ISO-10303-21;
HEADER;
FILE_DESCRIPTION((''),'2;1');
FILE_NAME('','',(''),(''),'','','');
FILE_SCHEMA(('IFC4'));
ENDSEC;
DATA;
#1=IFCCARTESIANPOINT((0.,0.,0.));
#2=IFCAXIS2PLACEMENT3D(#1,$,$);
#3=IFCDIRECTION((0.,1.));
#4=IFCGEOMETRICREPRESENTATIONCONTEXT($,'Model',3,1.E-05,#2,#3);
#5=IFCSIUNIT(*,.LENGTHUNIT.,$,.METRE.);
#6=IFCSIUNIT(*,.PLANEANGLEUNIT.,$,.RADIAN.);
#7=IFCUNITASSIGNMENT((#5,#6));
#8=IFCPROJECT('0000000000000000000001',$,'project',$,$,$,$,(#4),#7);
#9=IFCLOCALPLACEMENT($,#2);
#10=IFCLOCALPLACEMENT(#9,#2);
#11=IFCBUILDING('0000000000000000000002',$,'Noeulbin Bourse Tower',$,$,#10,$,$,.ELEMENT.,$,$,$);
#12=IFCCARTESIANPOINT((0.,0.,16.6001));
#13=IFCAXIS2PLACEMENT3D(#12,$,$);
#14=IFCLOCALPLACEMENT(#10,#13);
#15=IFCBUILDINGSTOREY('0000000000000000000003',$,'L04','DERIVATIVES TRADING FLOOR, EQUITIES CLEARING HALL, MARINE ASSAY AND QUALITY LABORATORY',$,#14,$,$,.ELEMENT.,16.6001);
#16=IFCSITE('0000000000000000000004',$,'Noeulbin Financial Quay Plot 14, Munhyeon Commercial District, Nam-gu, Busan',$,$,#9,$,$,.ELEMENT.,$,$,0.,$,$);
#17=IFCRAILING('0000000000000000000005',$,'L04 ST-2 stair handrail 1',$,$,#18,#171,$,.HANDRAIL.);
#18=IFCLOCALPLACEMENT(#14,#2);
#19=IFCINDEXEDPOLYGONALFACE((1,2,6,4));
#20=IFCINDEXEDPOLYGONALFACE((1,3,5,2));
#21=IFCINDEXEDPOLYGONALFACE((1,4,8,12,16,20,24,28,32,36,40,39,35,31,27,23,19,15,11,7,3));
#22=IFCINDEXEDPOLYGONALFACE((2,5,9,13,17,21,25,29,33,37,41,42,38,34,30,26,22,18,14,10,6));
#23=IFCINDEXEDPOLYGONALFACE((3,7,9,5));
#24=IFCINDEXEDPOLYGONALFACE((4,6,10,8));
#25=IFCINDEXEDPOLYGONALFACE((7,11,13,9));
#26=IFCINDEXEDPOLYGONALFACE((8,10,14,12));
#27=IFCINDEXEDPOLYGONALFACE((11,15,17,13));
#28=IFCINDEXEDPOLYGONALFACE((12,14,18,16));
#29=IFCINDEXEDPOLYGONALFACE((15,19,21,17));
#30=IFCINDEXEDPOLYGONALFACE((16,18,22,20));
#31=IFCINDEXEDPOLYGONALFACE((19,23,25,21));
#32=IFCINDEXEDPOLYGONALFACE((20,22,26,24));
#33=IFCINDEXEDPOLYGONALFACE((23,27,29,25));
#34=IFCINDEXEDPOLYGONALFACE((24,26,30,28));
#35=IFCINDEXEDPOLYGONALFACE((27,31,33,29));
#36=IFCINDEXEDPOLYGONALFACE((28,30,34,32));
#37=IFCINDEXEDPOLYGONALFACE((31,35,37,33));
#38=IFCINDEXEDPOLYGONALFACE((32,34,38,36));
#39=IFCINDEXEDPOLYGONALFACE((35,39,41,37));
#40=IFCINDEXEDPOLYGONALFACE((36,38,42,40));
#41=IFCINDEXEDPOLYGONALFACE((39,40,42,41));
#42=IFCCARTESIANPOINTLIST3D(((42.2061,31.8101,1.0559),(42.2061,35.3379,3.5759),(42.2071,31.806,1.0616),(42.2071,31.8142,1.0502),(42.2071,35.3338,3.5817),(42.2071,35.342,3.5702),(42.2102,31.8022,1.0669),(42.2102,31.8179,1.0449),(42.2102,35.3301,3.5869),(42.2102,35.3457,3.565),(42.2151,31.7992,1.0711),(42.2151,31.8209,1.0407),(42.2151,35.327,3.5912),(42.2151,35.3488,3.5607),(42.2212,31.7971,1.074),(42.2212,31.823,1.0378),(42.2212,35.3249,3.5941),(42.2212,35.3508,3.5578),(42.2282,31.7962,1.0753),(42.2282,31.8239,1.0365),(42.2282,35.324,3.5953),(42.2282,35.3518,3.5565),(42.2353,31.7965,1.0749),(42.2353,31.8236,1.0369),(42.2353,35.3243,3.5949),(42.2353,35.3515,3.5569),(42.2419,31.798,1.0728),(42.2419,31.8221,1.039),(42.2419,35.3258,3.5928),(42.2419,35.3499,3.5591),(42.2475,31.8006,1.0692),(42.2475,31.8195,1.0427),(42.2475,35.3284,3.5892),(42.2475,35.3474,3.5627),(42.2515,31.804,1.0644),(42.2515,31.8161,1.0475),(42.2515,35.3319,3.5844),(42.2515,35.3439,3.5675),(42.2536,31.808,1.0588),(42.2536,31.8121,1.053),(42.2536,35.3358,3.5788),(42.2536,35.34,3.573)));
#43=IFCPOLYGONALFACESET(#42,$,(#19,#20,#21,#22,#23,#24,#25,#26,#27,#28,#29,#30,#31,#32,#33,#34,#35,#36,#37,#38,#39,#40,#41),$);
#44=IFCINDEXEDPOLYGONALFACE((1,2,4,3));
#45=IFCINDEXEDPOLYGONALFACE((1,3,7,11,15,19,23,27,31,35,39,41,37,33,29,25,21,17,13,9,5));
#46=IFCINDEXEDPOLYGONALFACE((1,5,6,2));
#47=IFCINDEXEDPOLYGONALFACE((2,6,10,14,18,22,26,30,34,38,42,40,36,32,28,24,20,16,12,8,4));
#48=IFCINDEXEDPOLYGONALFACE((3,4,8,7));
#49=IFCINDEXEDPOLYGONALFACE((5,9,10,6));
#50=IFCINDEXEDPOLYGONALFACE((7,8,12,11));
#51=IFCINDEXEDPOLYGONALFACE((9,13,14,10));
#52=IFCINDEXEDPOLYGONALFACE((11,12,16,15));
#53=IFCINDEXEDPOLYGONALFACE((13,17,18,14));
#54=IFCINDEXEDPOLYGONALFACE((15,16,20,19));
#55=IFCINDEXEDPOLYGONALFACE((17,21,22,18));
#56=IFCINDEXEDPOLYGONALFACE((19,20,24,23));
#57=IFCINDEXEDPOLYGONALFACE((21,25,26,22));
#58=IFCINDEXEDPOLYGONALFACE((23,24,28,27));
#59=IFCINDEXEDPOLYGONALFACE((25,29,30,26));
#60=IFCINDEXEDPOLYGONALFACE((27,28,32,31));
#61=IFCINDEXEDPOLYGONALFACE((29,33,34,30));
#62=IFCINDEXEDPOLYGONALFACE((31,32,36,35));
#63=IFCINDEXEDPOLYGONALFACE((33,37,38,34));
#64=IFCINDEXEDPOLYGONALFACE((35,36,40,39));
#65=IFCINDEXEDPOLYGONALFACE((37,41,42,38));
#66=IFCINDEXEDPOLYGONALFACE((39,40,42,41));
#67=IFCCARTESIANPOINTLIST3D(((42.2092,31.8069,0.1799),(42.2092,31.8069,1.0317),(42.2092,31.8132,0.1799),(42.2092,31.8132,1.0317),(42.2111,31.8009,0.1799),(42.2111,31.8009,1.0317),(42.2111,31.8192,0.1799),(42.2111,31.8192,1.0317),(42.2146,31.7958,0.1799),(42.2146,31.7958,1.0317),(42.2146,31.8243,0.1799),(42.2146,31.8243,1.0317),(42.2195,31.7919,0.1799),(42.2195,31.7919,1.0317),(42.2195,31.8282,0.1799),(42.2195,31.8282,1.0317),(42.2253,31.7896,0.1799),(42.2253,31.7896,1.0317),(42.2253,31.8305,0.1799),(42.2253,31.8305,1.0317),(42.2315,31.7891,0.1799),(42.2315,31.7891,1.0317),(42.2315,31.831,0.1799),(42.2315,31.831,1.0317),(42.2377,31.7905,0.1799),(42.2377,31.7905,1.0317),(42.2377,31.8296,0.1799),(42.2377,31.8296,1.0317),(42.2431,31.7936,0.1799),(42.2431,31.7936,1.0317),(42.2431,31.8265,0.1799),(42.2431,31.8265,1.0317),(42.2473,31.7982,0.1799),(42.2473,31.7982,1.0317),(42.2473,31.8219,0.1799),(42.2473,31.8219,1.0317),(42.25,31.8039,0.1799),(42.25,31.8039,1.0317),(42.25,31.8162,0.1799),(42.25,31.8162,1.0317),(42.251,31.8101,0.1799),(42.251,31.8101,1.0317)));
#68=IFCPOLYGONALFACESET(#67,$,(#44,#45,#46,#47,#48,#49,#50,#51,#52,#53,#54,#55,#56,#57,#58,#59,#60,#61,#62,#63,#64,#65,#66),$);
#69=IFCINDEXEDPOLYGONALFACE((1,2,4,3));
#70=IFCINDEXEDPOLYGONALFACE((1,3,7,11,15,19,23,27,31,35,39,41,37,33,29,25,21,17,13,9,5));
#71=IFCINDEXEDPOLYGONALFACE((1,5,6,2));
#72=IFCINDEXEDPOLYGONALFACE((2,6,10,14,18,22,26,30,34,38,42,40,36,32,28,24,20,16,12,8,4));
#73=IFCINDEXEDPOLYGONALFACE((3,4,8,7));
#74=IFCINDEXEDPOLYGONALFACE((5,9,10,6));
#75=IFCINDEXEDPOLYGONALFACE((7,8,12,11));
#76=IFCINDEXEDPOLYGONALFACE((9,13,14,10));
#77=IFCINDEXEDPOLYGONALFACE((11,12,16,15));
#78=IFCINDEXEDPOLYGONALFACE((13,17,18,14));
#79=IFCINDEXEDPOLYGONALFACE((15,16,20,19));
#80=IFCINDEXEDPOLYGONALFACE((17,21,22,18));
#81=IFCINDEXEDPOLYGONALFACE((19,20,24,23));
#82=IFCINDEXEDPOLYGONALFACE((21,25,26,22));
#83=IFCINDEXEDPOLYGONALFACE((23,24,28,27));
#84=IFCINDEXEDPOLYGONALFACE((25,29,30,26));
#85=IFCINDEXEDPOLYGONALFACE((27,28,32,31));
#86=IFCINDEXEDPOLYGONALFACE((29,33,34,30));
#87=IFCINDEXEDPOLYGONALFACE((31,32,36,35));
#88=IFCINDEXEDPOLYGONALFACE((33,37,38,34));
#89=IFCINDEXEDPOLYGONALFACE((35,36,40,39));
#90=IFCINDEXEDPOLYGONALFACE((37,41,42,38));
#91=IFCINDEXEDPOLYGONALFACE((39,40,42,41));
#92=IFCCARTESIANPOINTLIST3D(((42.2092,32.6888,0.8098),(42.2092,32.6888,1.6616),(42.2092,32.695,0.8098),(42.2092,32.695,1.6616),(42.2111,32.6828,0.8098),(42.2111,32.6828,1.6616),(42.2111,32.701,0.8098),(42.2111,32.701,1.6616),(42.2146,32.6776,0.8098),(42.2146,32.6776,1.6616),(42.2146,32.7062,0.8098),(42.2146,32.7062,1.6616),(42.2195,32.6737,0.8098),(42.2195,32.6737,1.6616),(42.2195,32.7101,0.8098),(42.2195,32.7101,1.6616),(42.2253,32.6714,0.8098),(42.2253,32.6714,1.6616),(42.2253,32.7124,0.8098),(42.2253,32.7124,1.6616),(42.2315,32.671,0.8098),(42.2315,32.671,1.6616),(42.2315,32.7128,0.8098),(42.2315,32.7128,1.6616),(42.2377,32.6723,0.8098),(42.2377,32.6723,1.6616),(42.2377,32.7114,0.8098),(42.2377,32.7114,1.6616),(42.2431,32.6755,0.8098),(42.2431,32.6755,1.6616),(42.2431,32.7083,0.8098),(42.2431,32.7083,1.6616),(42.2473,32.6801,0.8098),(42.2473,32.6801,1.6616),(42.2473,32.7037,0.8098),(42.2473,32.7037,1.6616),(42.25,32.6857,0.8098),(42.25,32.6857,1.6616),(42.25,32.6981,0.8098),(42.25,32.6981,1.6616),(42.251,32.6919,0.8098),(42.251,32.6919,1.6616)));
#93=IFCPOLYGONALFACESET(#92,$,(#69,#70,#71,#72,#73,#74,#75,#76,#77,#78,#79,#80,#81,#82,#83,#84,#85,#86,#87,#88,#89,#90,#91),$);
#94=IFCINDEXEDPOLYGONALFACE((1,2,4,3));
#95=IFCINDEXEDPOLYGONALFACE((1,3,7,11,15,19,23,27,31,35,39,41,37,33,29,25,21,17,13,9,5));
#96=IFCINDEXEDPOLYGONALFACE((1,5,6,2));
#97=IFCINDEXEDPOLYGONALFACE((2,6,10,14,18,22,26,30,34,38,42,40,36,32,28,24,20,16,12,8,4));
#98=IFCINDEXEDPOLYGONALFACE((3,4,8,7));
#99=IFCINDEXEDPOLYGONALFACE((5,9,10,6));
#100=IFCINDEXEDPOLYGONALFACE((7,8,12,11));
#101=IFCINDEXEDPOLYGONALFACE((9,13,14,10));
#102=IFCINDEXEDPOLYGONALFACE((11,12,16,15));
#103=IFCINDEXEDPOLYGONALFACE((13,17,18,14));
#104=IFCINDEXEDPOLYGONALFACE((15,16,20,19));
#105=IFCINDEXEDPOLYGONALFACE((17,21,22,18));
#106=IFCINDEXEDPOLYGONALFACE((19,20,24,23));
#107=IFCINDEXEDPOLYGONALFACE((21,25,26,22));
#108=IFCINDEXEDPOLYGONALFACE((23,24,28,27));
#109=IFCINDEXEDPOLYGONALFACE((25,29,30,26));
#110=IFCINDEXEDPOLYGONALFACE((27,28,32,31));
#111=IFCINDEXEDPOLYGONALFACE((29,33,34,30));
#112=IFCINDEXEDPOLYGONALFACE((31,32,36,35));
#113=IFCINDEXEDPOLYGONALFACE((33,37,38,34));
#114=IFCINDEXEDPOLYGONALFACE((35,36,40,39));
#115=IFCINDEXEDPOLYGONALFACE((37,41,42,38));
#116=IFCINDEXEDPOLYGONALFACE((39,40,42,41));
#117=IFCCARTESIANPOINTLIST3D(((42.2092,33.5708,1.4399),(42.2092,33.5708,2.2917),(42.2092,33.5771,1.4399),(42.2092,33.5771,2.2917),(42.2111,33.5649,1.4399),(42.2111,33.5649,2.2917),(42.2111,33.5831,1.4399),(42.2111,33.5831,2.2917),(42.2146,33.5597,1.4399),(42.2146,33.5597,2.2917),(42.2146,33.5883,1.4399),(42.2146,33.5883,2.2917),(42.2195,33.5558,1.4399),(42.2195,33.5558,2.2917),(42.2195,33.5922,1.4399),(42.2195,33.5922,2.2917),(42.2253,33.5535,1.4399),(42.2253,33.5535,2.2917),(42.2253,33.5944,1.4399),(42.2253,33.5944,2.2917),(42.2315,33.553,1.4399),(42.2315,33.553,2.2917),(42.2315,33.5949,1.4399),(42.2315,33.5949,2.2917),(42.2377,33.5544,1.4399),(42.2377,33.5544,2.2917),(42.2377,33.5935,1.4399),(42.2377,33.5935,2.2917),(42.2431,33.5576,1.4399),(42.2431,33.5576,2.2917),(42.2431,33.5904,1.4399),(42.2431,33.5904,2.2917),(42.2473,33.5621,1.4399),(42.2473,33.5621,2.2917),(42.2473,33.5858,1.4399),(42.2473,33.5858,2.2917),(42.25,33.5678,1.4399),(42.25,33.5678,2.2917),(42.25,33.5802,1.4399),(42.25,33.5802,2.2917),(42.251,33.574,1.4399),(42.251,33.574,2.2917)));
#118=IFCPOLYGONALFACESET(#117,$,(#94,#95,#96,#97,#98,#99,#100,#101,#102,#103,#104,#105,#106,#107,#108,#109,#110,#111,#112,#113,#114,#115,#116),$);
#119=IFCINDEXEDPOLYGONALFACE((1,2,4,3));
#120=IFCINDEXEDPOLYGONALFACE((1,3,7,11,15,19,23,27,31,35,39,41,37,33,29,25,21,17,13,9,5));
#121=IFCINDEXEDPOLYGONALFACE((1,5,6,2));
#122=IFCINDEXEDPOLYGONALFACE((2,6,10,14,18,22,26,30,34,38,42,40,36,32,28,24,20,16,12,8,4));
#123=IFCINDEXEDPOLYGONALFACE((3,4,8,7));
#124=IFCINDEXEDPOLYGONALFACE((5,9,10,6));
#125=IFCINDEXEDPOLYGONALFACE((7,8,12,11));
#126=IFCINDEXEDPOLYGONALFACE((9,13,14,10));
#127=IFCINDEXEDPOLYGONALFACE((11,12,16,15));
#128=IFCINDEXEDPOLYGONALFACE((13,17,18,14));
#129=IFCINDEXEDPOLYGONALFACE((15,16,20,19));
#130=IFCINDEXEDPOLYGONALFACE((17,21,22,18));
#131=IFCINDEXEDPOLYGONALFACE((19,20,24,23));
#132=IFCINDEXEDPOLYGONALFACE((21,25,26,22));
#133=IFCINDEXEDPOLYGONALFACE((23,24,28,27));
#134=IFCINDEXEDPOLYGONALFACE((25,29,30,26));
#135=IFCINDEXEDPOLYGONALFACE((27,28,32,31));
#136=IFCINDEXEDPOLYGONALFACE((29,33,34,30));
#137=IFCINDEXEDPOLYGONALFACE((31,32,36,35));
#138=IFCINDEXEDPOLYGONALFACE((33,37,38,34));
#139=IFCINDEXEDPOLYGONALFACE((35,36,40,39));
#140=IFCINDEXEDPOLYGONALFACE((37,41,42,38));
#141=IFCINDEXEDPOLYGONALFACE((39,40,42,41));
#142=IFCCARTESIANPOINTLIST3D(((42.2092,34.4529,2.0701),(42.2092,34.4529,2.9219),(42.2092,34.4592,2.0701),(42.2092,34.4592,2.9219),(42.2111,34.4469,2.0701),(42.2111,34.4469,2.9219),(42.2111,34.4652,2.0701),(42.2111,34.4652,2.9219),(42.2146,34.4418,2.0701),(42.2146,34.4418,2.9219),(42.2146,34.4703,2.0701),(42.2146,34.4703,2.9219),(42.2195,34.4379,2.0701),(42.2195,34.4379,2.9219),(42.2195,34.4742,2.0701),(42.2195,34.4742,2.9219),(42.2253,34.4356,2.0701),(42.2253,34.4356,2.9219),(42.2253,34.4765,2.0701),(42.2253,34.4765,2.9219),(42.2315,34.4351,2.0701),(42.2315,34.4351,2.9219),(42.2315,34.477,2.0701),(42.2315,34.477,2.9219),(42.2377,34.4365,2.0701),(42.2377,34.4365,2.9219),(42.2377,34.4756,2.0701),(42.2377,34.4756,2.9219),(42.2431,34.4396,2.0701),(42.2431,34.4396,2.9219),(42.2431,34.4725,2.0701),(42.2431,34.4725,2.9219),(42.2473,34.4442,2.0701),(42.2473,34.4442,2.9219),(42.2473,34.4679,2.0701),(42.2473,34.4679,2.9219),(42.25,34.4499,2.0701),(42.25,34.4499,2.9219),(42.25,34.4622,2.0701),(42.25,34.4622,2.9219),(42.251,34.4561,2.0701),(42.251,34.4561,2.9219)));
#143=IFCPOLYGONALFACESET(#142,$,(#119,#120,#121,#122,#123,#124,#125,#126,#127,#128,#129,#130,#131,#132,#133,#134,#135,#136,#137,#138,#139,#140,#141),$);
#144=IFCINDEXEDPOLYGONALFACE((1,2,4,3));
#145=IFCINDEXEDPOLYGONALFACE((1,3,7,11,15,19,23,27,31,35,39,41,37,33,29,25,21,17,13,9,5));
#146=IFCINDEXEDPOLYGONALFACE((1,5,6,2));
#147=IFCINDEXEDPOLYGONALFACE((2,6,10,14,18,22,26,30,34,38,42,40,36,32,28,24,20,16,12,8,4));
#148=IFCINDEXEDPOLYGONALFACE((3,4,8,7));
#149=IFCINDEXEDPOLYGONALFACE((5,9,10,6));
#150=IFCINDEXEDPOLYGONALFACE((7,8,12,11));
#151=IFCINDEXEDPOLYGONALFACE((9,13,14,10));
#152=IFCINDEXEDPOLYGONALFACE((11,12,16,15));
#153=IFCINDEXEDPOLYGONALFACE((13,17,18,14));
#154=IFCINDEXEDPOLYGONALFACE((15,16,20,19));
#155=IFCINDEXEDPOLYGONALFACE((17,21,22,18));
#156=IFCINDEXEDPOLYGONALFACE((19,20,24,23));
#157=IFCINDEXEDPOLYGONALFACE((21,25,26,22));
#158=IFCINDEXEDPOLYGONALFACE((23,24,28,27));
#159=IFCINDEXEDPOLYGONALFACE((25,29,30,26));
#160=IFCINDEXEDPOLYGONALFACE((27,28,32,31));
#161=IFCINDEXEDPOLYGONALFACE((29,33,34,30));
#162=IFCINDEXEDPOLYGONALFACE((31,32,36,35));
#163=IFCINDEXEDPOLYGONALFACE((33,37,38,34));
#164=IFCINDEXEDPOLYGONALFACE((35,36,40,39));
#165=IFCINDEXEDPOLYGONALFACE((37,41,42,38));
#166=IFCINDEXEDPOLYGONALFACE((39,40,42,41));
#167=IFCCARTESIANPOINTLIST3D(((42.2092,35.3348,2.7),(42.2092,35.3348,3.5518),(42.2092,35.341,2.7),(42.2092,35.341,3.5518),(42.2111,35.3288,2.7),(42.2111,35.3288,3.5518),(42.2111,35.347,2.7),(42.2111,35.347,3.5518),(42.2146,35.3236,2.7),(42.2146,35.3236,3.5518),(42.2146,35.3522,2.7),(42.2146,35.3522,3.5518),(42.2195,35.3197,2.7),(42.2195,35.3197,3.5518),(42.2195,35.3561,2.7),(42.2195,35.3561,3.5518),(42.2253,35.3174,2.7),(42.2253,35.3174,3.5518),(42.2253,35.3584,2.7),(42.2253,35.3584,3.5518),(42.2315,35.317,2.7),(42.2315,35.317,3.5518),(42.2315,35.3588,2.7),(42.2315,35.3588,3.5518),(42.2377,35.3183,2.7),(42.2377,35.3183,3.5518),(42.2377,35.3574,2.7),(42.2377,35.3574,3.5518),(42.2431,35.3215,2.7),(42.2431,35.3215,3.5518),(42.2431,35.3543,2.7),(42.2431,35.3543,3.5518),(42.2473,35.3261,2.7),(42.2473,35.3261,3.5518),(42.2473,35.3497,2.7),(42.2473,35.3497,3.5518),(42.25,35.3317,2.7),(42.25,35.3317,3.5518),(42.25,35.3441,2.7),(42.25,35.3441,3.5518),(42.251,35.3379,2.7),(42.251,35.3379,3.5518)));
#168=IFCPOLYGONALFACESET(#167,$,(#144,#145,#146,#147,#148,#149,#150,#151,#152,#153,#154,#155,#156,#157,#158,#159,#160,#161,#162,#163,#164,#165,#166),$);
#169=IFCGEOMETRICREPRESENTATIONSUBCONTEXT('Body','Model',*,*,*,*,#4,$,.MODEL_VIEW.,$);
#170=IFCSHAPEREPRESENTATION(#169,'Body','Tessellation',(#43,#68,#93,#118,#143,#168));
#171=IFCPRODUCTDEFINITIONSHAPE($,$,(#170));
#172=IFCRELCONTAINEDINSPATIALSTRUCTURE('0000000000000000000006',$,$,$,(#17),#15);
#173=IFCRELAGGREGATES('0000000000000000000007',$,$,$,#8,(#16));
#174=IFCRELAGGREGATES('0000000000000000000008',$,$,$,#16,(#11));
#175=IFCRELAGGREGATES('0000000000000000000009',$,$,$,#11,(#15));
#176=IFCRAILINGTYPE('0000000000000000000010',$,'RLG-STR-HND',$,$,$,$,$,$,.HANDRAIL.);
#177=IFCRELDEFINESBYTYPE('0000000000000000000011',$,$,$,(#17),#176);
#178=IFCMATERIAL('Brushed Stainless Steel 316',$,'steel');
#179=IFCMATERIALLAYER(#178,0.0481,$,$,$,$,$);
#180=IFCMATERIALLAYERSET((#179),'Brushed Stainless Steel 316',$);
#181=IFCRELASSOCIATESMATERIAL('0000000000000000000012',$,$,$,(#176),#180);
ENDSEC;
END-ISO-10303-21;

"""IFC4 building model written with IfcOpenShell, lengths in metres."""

from ifc_helpers import new_model, si_unit, direction, frame, origin, origin_2d, place, context, subcontext, project, spatial, circle, extrude, material, layer, layer_set, type_object, element, save


model = new_model("IFC4")

# Units and contexts
model_context = context("Model", 3, precision=1e-05, world=origin(), true_north=direction((0.0, 1.0)))
body_context = subcontext(model_context, "Body", "Model", "MODEL_VIEW")
ifc_project = project(units=[si_unit("LENGTHUNIT", "METRE"), si_unit("PLANEANGLEUNIT", "RADIAN")], contexts=[model_context])

# Site, building, storey
site_placement = place(None, origin())
site = spatial("IfcSite", under=ifc_project, at=site_placement, Name="Noeulbin Financial Quay Plot 14, Munhyeon Commercial District, Nam-gu, Busan", CompositionType="ELEMENT", RefElevation=0.0)
building_placement = place(site_placement, origin())
building = spatial("IfcBuilding", under=site, at=building_placement, Name="Noeulbin Bourse Tower", CompositionType="ELEMENT")
storey_placement = place(building_placement, frame((0.0, 0.0, 16.6001)))
storey = spatial("IfcBuildingStorey", under=building, at=storey_placement, Name="L04", Description="DERIVATIVES TRADING FLOOR, EQUITIES CLEARING HALL, MARINE ASSAY AND QUALITY LABORATORY", CompositionType="ELEMENT", Elevation=16.6001)

# Railing
ifc_material_1 = material(Name="Brushed Stainless Steel 316", Category="steel")
ifc_layer_1 = layer(ifc_material_1, 0.0481)
ifc_layer_set_1 = layer_set([ifc_layer_1], Name="Brushed Stainless Steel 316")
railing_type_1 = type_object("IfcRailingType", Name="RLG-STR-HND", PredefinedType="HANDRAIL", material=ifc_layer_set_1)
railing_1_placement = place(storey_placement, frame((42.23, 31.8101, 0.1799)))
element("IfcRailing", 1, at=railing_1_placement, inside=storey, type_object=railing_type_1, Name="L04 ST-2 stair handrail 1", PredefinedType="HANDRAIL", context=body_context, shape_type="SweptSolid", body=[
    extrude(circle(Radius=0.0239, at=origin_2d()), frame((0.0, 0.0, 0.876), z_axis=(0.0, 0.813718, 0.58126), x_axis=(-1.0, 0.0, 0.0)), (0.0, 0.0, 1.0), 4.3354),
    extrude(circle(Radius=0.021, at=origin_2d()), origin(), (0.0, 0.0, 1.0), 0.8518),
    extrude(circle(Radius=0.021, at=origin_2d()), frame((0.0, 0.8818, 0.6299)), (0.0, 0.0, 1.0), 0.8518),
    extrude(circle(Radius=0.021, at=origin_2d()), frame((0.0, 1.7639, 1.26)), (0.0, 0.0, 1.0), 0.8518),
    extrude(circle(Radius=0.021, at=origin_2d()), frame((0.0, 2.646, 1.8901)), (0.0, 0.0, 1.0), 0.8518),
    extrude(circle(Radius=0.021, at=origin_2d()), frame((0.0, 3.5278, 2.52)), (0.0, 0.0, 1.0), 0.8518),
])

save(model, "model.ifc")
